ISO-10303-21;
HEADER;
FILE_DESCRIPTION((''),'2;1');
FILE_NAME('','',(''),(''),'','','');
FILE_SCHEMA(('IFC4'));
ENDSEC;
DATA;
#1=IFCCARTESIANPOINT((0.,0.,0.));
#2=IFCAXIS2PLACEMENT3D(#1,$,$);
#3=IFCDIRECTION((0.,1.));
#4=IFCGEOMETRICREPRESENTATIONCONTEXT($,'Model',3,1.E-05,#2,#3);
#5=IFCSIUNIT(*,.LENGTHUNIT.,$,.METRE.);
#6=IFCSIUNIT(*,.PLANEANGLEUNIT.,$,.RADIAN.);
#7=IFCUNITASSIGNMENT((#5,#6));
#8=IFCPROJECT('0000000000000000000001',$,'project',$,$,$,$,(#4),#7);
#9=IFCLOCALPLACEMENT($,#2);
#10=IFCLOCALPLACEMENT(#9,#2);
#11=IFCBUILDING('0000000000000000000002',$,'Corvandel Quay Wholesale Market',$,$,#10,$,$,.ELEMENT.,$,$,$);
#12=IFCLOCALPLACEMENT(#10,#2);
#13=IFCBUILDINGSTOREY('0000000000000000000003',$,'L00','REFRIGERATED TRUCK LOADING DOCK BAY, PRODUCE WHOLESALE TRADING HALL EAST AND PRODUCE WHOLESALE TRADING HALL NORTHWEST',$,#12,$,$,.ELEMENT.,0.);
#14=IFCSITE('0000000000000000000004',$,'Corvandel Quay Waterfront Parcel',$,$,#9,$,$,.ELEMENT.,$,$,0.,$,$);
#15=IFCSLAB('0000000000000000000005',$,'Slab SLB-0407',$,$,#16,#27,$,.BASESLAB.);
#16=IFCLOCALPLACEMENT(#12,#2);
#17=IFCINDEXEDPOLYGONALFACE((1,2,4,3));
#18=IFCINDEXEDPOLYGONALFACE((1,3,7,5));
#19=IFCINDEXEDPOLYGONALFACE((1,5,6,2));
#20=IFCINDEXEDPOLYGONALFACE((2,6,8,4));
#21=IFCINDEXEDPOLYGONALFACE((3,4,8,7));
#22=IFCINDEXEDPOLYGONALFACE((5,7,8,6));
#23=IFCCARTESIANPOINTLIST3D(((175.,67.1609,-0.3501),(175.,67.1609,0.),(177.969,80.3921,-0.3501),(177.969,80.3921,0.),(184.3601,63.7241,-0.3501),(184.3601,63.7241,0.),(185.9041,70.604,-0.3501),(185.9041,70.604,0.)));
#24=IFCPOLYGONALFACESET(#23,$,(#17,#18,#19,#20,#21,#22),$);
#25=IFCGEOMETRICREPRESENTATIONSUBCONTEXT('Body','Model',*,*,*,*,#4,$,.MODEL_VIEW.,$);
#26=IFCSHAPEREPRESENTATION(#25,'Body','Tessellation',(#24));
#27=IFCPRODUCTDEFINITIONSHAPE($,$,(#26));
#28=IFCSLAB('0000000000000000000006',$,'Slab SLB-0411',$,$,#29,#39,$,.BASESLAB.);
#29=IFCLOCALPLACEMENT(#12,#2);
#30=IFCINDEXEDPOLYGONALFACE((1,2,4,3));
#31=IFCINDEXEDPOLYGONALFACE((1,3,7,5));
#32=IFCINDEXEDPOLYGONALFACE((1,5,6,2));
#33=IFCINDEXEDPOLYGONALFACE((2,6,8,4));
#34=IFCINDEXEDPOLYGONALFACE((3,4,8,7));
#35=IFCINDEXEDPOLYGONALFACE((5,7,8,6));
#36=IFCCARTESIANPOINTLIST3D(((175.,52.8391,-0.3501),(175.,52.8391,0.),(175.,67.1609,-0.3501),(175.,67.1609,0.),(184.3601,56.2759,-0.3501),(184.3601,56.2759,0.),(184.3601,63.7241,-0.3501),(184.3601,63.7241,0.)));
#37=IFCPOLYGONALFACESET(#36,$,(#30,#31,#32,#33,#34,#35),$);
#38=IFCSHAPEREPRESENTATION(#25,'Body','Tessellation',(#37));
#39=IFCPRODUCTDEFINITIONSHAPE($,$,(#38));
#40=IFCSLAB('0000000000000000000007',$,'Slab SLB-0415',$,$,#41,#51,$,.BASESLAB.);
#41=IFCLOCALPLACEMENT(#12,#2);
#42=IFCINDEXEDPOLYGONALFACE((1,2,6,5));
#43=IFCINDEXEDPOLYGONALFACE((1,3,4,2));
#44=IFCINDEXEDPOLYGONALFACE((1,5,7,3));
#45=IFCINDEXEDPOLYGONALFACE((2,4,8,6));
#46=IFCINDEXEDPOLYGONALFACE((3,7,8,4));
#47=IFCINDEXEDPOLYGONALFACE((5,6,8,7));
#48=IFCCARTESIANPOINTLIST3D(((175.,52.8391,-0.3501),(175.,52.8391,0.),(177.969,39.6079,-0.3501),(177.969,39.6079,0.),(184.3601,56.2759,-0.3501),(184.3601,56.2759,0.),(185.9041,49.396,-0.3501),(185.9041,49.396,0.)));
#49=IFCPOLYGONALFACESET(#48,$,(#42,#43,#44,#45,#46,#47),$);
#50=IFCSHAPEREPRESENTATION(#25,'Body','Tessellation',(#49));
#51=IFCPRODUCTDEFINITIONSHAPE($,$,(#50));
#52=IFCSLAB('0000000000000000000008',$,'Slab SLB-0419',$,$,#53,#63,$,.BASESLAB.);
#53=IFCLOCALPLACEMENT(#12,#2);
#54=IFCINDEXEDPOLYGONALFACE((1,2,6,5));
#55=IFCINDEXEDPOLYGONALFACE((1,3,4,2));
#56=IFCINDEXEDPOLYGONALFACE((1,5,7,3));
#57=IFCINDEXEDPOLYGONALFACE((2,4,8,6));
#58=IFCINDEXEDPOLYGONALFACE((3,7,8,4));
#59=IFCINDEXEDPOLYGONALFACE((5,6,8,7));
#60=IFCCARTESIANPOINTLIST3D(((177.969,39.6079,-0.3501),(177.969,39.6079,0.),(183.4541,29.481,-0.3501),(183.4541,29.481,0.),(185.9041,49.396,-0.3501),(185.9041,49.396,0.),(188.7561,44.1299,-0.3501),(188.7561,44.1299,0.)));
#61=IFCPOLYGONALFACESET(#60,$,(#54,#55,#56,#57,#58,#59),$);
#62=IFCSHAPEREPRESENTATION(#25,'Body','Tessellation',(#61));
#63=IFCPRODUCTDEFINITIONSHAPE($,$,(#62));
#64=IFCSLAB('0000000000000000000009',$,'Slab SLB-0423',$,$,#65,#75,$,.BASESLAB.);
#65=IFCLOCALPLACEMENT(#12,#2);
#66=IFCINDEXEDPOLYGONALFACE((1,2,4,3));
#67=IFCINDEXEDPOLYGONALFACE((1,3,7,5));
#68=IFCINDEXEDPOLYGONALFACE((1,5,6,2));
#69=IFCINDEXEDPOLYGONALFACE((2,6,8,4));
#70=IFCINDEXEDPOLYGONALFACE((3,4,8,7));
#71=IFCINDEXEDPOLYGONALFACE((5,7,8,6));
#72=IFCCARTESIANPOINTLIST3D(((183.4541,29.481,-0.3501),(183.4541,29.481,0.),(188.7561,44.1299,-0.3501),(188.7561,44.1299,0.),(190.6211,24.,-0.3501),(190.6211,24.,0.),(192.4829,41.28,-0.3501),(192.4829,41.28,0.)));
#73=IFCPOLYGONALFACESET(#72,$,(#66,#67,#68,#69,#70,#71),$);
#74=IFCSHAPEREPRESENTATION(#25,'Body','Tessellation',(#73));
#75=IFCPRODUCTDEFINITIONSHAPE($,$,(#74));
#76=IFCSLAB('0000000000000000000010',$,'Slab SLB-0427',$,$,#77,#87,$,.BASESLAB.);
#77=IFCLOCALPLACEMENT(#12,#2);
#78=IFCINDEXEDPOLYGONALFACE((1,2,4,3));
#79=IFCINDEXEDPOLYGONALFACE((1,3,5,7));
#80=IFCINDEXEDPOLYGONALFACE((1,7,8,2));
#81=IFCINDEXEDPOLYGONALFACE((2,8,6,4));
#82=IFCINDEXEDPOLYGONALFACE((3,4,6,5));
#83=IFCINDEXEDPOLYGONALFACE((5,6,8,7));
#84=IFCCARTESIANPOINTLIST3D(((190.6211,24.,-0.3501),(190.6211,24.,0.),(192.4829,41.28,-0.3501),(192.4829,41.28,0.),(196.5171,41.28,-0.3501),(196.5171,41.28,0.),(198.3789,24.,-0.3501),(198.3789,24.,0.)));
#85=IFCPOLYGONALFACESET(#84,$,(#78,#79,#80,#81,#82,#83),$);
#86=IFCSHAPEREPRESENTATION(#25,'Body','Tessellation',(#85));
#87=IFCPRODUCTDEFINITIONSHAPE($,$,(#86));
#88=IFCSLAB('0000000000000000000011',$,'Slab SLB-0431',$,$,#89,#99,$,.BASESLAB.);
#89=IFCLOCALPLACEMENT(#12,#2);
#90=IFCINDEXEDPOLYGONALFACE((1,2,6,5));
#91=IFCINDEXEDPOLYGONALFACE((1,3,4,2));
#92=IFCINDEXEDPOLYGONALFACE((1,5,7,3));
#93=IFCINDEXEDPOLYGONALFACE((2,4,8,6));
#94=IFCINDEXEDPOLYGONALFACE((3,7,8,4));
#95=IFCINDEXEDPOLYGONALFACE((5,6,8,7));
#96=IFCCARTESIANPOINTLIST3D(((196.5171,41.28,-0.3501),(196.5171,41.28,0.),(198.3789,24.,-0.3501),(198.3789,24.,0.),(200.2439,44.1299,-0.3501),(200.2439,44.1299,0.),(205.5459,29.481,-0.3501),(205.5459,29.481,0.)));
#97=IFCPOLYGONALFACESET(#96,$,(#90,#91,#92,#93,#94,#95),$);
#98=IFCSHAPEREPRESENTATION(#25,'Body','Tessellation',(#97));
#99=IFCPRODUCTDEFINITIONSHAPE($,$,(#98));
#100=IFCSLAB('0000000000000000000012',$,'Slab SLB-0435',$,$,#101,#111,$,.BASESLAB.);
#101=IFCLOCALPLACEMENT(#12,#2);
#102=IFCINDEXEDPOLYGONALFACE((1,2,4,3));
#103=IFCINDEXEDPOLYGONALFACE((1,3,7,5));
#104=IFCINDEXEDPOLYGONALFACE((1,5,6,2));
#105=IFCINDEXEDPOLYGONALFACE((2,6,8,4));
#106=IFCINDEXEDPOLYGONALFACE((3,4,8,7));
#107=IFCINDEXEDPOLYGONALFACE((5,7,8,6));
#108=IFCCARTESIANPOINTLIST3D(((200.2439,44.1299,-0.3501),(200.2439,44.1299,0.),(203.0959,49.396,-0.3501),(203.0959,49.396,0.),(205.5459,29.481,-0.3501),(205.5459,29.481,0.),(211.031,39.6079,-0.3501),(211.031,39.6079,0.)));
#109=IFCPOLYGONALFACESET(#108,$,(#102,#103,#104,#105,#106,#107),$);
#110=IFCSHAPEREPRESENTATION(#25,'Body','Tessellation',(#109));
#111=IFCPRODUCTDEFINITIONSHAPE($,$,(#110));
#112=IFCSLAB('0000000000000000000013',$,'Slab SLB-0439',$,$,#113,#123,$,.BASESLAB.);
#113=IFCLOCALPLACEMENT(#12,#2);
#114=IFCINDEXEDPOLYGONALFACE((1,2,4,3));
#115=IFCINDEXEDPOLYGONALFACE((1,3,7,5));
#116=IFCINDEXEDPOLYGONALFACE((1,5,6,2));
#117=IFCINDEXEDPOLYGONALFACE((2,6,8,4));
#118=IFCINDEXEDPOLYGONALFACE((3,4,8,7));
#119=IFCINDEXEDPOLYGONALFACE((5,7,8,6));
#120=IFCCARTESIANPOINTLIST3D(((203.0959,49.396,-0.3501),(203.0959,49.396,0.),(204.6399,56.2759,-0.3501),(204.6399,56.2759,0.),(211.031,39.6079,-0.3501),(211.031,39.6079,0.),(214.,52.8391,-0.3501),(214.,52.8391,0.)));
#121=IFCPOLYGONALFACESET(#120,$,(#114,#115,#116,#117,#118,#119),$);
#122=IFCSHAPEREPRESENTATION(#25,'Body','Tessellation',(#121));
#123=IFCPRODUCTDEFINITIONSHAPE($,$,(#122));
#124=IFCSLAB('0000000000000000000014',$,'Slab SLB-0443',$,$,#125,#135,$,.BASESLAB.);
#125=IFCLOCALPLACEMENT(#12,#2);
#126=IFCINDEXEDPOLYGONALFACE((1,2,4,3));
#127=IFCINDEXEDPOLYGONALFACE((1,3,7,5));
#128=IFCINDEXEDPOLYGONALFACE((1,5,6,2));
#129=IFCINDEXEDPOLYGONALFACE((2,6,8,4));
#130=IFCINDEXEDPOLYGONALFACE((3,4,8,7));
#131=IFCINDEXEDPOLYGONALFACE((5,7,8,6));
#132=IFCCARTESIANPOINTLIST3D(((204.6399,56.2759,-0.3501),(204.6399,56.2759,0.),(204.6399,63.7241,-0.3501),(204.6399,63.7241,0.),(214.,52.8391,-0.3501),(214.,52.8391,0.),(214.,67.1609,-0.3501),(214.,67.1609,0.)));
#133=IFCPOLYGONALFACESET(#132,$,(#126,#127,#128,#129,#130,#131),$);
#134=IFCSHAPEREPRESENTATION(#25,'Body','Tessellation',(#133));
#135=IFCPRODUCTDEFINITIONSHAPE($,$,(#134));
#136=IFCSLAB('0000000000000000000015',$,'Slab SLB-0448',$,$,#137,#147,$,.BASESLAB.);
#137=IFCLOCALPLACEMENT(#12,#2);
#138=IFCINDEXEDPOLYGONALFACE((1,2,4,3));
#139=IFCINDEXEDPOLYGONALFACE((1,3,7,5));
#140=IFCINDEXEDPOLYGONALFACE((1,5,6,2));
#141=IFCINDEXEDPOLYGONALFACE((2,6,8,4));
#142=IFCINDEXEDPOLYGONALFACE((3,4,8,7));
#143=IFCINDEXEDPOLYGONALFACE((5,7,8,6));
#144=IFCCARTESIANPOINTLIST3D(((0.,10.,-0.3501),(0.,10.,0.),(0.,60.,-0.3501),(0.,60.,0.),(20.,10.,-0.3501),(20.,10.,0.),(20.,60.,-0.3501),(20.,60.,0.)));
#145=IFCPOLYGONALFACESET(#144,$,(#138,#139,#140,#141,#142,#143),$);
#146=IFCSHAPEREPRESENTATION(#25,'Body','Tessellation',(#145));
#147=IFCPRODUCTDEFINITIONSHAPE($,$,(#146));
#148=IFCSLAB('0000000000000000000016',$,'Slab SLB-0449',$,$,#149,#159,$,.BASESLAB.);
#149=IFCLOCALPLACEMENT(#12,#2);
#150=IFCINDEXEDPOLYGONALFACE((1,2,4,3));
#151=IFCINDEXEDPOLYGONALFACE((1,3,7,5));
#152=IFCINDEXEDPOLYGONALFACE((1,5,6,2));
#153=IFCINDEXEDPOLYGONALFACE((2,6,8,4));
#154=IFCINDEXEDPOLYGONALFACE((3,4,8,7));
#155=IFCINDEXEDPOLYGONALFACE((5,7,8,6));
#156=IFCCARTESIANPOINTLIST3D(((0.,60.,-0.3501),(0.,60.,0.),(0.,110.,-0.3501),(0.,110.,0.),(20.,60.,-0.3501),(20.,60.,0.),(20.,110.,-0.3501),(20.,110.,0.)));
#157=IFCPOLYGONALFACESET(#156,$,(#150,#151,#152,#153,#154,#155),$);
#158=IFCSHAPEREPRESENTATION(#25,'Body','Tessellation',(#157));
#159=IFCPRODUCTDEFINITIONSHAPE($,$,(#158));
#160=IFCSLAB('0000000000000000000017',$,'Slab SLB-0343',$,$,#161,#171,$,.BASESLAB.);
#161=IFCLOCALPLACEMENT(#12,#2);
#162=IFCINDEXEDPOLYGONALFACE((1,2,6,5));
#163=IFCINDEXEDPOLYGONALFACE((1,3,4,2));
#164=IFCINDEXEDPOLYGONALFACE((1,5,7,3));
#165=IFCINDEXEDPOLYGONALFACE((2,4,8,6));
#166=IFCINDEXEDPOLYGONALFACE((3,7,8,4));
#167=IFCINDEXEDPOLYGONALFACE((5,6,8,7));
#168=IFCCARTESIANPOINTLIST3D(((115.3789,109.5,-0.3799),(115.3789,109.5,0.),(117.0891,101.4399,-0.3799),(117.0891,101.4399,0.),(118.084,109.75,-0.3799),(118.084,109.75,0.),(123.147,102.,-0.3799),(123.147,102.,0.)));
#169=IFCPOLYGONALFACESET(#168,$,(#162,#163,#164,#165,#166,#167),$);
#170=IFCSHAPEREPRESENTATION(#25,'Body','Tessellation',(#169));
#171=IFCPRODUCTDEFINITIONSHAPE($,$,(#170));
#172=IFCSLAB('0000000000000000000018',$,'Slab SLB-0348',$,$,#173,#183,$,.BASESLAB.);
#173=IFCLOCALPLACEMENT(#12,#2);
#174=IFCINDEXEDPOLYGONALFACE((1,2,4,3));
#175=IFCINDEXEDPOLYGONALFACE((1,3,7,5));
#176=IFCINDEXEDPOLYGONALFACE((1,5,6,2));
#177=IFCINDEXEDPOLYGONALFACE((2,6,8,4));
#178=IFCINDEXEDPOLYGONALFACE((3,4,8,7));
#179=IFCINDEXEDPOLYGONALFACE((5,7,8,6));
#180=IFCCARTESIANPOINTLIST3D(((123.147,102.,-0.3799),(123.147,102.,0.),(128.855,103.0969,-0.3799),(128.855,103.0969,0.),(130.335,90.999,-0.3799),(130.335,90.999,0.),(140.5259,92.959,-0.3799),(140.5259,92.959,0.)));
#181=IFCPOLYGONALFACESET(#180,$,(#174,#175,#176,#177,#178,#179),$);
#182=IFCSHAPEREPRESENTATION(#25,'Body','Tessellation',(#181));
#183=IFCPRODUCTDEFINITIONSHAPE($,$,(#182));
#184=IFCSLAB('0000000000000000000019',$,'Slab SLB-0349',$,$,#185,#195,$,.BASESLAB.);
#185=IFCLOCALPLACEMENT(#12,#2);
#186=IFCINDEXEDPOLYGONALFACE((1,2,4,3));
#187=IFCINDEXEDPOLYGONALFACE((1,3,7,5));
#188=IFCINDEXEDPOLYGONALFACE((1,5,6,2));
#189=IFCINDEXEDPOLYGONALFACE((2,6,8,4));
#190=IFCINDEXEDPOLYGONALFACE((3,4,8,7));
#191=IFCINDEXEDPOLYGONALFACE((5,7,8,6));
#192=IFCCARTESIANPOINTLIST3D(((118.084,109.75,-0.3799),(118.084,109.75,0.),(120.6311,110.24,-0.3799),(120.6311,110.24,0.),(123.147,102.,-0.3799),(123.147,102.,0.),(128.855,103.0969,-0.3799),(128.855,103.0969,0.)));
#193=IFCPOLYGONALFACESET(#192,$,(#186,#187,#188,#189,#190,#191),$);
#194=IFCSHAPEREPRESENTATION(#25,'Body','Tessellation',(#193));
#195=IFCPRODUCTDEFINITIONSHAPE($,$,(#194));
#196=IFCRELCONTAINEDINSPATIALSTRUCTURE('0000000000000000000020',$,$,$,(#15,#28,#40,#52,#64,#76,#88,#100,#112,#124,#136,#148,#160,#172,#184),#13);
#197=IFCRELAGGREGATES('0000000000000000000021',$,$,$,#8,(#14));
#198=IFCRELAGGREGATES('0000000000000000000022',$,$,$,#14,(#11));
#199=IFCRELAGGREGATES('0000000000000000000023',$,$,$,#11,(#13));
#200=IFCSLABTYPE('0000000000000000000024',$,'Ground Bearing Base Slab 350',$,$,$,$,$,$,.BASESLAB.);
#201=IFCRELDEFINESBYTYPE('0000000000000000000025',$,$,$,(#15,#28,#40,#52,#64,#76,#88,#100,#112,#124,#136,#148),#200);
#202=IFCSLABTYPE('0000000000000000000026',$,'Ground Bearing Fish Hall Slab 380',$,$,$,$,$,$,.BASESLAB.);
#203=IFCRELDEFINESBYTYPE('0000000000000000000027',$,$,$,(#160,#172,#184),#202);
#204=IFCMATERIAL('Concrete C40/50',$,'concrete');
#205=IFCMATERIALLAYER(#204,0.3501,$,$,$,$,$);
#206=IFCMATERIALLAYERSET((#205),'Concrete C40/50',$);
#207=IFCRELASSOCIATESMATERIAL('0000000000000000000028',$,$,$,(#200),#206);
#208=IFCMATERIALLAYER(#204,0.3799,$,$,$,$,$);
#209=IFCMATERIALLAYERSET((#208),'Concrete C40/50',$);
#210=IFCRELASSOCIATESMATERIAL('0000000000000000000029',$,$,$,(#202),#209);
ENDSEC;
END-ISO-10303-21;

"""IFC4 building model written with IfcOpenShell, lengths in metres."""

from ifc_helpers import new_model, si_unit, direction, frame, origin, place, context, subcontext, project, spatial, polyline, outline, extrude, material, layer, layer_set, type_object, element, save


model = new_model("IFC4")

# Units and contexts
model_context = context("Model", 3, precision=1e-05, world=origin(), true_north=direction((0.0, 1.0)))
body_context = subcontext(model_context, "Body", "Model", "MODEL_VIEW")
ifc_project = project(units=[si_unit("LENGTHUNIT", "METRE"), si_unit("PLANEANGLEUNIT", "RADIAN")], contexts=[model_context])

# Site, building, storey
site_placement = place(None, origin())
site = spatial("IfcSite", under=ifc_project, at=site_placement, Name="Corvandel Quay Waterfront Parcel", CompositionType="ELEMENT", RefElevation=0.0)
building_placement = place(site_placement, origin())
building = spatial("IfcBuilding", under=site, at=building_placement, Name="Corvandel Quay Wholesale Market", CompositionType="ELEMENT")
storey_placement = place(building_placement, origin())
storey = spatial("IfcBuildingStorey", under=building, at=storey_placement, Name="L00", Description="REFRIGERATED TRUCK LOADING DOCK BAY, PRODUCE WHOLESALE TRADING HALL EAST AND PRODUCE WHOLESALE TRADING HALL NORTHWEST", CompositionType="ELEMENT", Elevation=0.0)

# Shared definitions
ifc_material_1 = material(Name="Concrete C40/50", Category="concrete")

# Slabs
ifc_layer_1 = layer(ifc_material_1, 0.3501)
ifc_layer_set_1 = layer_set([ifc_layer_1], Name="Concrete C40/50")
slab_type_1 = type_object("IfcSlabType", Name="Ground Bearing Base Slab 350", PredefinedType="BASESLAB", material=ifc_layer_set_1)
slab_1_placement = place(storey_placement, frame((0.0, 0.0, -0.3501)))
element("IfcSlab", 1, at=slab_1_placement, inside=storey, type_object=slab_type_1, Name="Slab SLB-0407", PredefinedType="BASESLAB", context=body_context, shape_type="SweptSolid", body=[
    extrude(outline(polyline([(177.969, 80.3921), (175.0, 67.1609), (184.3601, 63.7241), (185.9041, 70.604), (177.969, 80.3921)])), origin(), (0.0, 0.0, 1.0), 0.3501),
])
slab_2_placement = place(storey_placement, frame((0.0, 0.0, -0.3501)))
element("IfcSlab", 2, at=slab_2_placement, inside=storey, type_object=slab_type_1, Name="Slab SLB-0411", PredefinedType="BASESLAB", context=body_context, shape_type="SweptSolid", body=[
    extrude(outline(polyline([(175.0, 67.1609), (175.0, 52.8391), (184.3601, 56.2759), (184.3601, 63.7241), (175.0, 67.1609)])), origin(), (0.0, 0.0, 1.0), 0.3501),
])
slab_3_placement = place(storey_placement, frame((0.0, 0.0, -0.3501)))
element("IfcSlab", 3, at=slab_3_placement, inside=storey, type_object=slab_type_1, Name="Slab SLB-0415", PredefinedType="BASESLAB", context=body_context, shape_type="SweptSolid", body=[
    extrude(outline(polyline([(175.0, 52.8391), (177.969, 39.6079), (185.9041, 49.396), (184.3601, 56.2759), (175.0, 52.8391)])), origin(), (0.0, 0.0, 1.0), 0.3501),
])
slab_4_placement = place(storey_placement, frame((0.0, 0.0, -0.3501)))
element("IfcSlab", 4, at=slab_4_placement, inside=storey, type_object=slab_type_1, Name="Slab SLB-0419", PredefinedType="BASESLAB", context=body_context, shape_type="SweptSolid", body=[
    extrude(outline(polyline([(177.969, 39.6079), (183.4541, 29.481), (188.7561, 44.1299), (185.9041, 49.396), (177.969, 39.6079)])), origin(), (0.0, 0.0, 1.0), 0.3501),
])
slab_5_placement = place(storey_placement, frame((0.0, 0.0, -0.3501)))
element("IfcSlab", 5, at=slab_5_placement, inside=storey, type_object=slab_type_1, Name="Slab SLB-0423", PredefinedType="BASESLAB", context=body_context, shape_type="SweptSolid", body=[
    extrude(outline(polyline([(183.4541, 29.481), (190.6211, 24.0), (192.4829, 41.28), (188.7561, 44.1299), (183.4541, 29.481)])), origin(), (0.0, 0.0, 1.0), 0.3501),
])
slab_6_placement = place(storey_placement, frame((0.0, 0.0, -0.3501)))
element("IfcSlab", 6, at=slab_6_placement, inside=storey, type_object=slab_type_1, Name="Slab SLB-0427", PredefinedType="BASESLAB", context=body_context, shape_type="SweptSolid", body=[
    extrude(outline(polyline([(190.6211, 24.0), (198.3789, 24.0), (196.5171, 41.28), (192.4829, 41.28), (190.6211, 24.0)])), origin(), (0.0, 0.0, 1.0), 0.3501),
])
slab_7_placement = place(storey_placement, frame((0.0, 0.0, -0.3501)))
element("IfcSlab", 7, at=slab_7_placement, inside=storey, type_object=slab_type_1, Name="Slab SLB-0431", PredefinedType="BASESLAB", context=body_context, shape_type="SweptSolid", body=[
    extrude(outline(polyline([(198.3789, 24.0), (205.5459, 29.481), (200.2439, 44.1299), (196.5171, 41.28), (198.3789, 24.0)])), origin(), (0.0, 0.0, 1.0), 0.3501),
])
slab_8_placement = place(storey_placement, frame((0.0, 0.0, -0.3501)))
element("IfcSlab", 8, at=slab_8_placement, inside=storey, type_object=slab_type_1, Name="Slab SLB-0435", PredefinedType="BASESLAB", context=body_context, shape_type="SweptSolid", body=[
    extrude(outline(polyline([(205.5459, 29.481), (211.031, 39.6079), (203.0959, 49.396), (200.2439, 44.1299), (205.5459, 29.481)])), origin(), (0.0, 0.0, 1.0), 0.3501),
])
slab_9_placement = place(storey_placement, frame((0.0, 0.0, -0.3501)))
element("IfcSlab", 9, at=slab_9_placement, inside=storey, type_object=slab_type_1, Name="Slab SLB-0439", PredefinedType="BASESLAB", context=body_context, shape_type="SweptSolid", body=[
    extrude(outline(polyline([(211.031, 39.6079), (214.0, 52.8391), (204.6399, 56.2759), (203.0959, 49.396), (211.031, 39.6079)])), origin(), (0.0, 0.0, 1.0), 0.3501),
])
slab_10_placement = place(storey_placement, frame((0.0, 0.0, -0.3501)))
element("IfcSlab", 10, at=slab_10_placement, inside=storey, type_object=slab_type_1, Name="Slab SLB-0443", PredefinedType="BASESLAB", context=body_context, shape_type="SweptSolid", body=[
    extrude(outline(polyline([(214.0, 52.8391), (214.0, 67.1609), (204.6399, 63.7241), (204.6399, 56.2759), (214.0, 52.8391)])), origin(), (0.0, 0.0, 1.0), 0.3501),
])
slab_11_placement = place(storey_placement, frame((0.0, 0.0, -0.3501)))
element("IfcSlab", 11, at=slab_11_placement, inside=storey, type_object=slab_type_1, Name="Slab SLB-0448", PredefinedType="BASESLAB", context=body_context, shape_type="SweptSolid", body=[
    extrude(outline(polyline([(0.0, 10.0), (20.0, 10.0), (20.0, 60.0), (0.0, 60.0), (0.0, 10.0)])), origin(), (0.0, 0.0, 1.0), 0.3501),
])
slab_12_placement = place(storey_placement, frame((0.0, 0.0, -0.3501)))
element("IfcSlab", 12, at=slab_12_placement, inside=storey, type_object=slab_type_1, Name="Slab SLB-0449", PredefinedType="BASESLAB", context=body_context, shape_type="SweptSolid", body=[
    extrude(outline(polyline([(0.0, 60.0), (20.0, 60.0), (20.0, 110.0), (0.0, 110.0), (0.0, 60.0)])), origin(), (0.0, 0.0, 1.0), 0.3501),
])
ifc_layer_2 = layer(ifc_material_1, 0.3799)
ifc_layer_set_2 = layer_set([ifc_layer_2], Name="Concrete C40/50")
slab_type_2 = type_object("IfcSlabType", Name="Ground Bearing Fish Hall Slab 380", PredefinedType="BASESLAB", material=ifc_layer_set_2)
slab_13_placement = place(storey_placement, frame((0.0, 0.0, -0.3799)))
element("IfcSlab", 13, at=slab_13_placement, inside=storey, type_object=slab_type_2, Name="Slab SLB-0343", PredefinedType="BASESLAB", context=body_context, shape_type="SweptSolid", body=[
    extrude(outline(polyline([(117.0891, 101.4399), (123.147, 102.0), (118.084, 109.75), (115.3789, 109.5), (117.0891, 101.4399)])), origin(), (0.0, 0.0, 1.0), 0.3799),
])
slab_14_placement = place(storey_placement, frame((0.0, 0.0, -0.3799)))
element("IfcSlab", 14, at=slab_14_placement, inside=storey, type_object=slab_type_2, Name="Slab SLB-0348", PredefinedType="BASESLAB", context=body_context, shape_type="SweptSolid", body=[
    extrude(outline(polyline([(130.335, 90.999), (140.5259, 92.959), (128.855, 103.0969), (123.147, 102.0), (130.335, 90.999)])), origin(), (0.0, 0.0, 1.0), 0.3799),
])
slab_15_placement = place(storey_placement, frame((0.0, 0.0, -0.3799)))
element("IfcSlab", 15, at=slab_15_placement, inside=storey, type_object=slab_type_2, Name="Slab SLB-0349", PredefinedType="BASESLAB", context=body_context, shape_type="SweptSolid", body=[
    extrude(outline(polyline([(123.147, 102.0), (128.855, 103.0969), (120.6311, 110.24), (118.084, 109.75), (123.147, 102.0)])), origin(), (0.0, 0.0, 1.0), 0.3799),
])

save(model, "model.ifc")
